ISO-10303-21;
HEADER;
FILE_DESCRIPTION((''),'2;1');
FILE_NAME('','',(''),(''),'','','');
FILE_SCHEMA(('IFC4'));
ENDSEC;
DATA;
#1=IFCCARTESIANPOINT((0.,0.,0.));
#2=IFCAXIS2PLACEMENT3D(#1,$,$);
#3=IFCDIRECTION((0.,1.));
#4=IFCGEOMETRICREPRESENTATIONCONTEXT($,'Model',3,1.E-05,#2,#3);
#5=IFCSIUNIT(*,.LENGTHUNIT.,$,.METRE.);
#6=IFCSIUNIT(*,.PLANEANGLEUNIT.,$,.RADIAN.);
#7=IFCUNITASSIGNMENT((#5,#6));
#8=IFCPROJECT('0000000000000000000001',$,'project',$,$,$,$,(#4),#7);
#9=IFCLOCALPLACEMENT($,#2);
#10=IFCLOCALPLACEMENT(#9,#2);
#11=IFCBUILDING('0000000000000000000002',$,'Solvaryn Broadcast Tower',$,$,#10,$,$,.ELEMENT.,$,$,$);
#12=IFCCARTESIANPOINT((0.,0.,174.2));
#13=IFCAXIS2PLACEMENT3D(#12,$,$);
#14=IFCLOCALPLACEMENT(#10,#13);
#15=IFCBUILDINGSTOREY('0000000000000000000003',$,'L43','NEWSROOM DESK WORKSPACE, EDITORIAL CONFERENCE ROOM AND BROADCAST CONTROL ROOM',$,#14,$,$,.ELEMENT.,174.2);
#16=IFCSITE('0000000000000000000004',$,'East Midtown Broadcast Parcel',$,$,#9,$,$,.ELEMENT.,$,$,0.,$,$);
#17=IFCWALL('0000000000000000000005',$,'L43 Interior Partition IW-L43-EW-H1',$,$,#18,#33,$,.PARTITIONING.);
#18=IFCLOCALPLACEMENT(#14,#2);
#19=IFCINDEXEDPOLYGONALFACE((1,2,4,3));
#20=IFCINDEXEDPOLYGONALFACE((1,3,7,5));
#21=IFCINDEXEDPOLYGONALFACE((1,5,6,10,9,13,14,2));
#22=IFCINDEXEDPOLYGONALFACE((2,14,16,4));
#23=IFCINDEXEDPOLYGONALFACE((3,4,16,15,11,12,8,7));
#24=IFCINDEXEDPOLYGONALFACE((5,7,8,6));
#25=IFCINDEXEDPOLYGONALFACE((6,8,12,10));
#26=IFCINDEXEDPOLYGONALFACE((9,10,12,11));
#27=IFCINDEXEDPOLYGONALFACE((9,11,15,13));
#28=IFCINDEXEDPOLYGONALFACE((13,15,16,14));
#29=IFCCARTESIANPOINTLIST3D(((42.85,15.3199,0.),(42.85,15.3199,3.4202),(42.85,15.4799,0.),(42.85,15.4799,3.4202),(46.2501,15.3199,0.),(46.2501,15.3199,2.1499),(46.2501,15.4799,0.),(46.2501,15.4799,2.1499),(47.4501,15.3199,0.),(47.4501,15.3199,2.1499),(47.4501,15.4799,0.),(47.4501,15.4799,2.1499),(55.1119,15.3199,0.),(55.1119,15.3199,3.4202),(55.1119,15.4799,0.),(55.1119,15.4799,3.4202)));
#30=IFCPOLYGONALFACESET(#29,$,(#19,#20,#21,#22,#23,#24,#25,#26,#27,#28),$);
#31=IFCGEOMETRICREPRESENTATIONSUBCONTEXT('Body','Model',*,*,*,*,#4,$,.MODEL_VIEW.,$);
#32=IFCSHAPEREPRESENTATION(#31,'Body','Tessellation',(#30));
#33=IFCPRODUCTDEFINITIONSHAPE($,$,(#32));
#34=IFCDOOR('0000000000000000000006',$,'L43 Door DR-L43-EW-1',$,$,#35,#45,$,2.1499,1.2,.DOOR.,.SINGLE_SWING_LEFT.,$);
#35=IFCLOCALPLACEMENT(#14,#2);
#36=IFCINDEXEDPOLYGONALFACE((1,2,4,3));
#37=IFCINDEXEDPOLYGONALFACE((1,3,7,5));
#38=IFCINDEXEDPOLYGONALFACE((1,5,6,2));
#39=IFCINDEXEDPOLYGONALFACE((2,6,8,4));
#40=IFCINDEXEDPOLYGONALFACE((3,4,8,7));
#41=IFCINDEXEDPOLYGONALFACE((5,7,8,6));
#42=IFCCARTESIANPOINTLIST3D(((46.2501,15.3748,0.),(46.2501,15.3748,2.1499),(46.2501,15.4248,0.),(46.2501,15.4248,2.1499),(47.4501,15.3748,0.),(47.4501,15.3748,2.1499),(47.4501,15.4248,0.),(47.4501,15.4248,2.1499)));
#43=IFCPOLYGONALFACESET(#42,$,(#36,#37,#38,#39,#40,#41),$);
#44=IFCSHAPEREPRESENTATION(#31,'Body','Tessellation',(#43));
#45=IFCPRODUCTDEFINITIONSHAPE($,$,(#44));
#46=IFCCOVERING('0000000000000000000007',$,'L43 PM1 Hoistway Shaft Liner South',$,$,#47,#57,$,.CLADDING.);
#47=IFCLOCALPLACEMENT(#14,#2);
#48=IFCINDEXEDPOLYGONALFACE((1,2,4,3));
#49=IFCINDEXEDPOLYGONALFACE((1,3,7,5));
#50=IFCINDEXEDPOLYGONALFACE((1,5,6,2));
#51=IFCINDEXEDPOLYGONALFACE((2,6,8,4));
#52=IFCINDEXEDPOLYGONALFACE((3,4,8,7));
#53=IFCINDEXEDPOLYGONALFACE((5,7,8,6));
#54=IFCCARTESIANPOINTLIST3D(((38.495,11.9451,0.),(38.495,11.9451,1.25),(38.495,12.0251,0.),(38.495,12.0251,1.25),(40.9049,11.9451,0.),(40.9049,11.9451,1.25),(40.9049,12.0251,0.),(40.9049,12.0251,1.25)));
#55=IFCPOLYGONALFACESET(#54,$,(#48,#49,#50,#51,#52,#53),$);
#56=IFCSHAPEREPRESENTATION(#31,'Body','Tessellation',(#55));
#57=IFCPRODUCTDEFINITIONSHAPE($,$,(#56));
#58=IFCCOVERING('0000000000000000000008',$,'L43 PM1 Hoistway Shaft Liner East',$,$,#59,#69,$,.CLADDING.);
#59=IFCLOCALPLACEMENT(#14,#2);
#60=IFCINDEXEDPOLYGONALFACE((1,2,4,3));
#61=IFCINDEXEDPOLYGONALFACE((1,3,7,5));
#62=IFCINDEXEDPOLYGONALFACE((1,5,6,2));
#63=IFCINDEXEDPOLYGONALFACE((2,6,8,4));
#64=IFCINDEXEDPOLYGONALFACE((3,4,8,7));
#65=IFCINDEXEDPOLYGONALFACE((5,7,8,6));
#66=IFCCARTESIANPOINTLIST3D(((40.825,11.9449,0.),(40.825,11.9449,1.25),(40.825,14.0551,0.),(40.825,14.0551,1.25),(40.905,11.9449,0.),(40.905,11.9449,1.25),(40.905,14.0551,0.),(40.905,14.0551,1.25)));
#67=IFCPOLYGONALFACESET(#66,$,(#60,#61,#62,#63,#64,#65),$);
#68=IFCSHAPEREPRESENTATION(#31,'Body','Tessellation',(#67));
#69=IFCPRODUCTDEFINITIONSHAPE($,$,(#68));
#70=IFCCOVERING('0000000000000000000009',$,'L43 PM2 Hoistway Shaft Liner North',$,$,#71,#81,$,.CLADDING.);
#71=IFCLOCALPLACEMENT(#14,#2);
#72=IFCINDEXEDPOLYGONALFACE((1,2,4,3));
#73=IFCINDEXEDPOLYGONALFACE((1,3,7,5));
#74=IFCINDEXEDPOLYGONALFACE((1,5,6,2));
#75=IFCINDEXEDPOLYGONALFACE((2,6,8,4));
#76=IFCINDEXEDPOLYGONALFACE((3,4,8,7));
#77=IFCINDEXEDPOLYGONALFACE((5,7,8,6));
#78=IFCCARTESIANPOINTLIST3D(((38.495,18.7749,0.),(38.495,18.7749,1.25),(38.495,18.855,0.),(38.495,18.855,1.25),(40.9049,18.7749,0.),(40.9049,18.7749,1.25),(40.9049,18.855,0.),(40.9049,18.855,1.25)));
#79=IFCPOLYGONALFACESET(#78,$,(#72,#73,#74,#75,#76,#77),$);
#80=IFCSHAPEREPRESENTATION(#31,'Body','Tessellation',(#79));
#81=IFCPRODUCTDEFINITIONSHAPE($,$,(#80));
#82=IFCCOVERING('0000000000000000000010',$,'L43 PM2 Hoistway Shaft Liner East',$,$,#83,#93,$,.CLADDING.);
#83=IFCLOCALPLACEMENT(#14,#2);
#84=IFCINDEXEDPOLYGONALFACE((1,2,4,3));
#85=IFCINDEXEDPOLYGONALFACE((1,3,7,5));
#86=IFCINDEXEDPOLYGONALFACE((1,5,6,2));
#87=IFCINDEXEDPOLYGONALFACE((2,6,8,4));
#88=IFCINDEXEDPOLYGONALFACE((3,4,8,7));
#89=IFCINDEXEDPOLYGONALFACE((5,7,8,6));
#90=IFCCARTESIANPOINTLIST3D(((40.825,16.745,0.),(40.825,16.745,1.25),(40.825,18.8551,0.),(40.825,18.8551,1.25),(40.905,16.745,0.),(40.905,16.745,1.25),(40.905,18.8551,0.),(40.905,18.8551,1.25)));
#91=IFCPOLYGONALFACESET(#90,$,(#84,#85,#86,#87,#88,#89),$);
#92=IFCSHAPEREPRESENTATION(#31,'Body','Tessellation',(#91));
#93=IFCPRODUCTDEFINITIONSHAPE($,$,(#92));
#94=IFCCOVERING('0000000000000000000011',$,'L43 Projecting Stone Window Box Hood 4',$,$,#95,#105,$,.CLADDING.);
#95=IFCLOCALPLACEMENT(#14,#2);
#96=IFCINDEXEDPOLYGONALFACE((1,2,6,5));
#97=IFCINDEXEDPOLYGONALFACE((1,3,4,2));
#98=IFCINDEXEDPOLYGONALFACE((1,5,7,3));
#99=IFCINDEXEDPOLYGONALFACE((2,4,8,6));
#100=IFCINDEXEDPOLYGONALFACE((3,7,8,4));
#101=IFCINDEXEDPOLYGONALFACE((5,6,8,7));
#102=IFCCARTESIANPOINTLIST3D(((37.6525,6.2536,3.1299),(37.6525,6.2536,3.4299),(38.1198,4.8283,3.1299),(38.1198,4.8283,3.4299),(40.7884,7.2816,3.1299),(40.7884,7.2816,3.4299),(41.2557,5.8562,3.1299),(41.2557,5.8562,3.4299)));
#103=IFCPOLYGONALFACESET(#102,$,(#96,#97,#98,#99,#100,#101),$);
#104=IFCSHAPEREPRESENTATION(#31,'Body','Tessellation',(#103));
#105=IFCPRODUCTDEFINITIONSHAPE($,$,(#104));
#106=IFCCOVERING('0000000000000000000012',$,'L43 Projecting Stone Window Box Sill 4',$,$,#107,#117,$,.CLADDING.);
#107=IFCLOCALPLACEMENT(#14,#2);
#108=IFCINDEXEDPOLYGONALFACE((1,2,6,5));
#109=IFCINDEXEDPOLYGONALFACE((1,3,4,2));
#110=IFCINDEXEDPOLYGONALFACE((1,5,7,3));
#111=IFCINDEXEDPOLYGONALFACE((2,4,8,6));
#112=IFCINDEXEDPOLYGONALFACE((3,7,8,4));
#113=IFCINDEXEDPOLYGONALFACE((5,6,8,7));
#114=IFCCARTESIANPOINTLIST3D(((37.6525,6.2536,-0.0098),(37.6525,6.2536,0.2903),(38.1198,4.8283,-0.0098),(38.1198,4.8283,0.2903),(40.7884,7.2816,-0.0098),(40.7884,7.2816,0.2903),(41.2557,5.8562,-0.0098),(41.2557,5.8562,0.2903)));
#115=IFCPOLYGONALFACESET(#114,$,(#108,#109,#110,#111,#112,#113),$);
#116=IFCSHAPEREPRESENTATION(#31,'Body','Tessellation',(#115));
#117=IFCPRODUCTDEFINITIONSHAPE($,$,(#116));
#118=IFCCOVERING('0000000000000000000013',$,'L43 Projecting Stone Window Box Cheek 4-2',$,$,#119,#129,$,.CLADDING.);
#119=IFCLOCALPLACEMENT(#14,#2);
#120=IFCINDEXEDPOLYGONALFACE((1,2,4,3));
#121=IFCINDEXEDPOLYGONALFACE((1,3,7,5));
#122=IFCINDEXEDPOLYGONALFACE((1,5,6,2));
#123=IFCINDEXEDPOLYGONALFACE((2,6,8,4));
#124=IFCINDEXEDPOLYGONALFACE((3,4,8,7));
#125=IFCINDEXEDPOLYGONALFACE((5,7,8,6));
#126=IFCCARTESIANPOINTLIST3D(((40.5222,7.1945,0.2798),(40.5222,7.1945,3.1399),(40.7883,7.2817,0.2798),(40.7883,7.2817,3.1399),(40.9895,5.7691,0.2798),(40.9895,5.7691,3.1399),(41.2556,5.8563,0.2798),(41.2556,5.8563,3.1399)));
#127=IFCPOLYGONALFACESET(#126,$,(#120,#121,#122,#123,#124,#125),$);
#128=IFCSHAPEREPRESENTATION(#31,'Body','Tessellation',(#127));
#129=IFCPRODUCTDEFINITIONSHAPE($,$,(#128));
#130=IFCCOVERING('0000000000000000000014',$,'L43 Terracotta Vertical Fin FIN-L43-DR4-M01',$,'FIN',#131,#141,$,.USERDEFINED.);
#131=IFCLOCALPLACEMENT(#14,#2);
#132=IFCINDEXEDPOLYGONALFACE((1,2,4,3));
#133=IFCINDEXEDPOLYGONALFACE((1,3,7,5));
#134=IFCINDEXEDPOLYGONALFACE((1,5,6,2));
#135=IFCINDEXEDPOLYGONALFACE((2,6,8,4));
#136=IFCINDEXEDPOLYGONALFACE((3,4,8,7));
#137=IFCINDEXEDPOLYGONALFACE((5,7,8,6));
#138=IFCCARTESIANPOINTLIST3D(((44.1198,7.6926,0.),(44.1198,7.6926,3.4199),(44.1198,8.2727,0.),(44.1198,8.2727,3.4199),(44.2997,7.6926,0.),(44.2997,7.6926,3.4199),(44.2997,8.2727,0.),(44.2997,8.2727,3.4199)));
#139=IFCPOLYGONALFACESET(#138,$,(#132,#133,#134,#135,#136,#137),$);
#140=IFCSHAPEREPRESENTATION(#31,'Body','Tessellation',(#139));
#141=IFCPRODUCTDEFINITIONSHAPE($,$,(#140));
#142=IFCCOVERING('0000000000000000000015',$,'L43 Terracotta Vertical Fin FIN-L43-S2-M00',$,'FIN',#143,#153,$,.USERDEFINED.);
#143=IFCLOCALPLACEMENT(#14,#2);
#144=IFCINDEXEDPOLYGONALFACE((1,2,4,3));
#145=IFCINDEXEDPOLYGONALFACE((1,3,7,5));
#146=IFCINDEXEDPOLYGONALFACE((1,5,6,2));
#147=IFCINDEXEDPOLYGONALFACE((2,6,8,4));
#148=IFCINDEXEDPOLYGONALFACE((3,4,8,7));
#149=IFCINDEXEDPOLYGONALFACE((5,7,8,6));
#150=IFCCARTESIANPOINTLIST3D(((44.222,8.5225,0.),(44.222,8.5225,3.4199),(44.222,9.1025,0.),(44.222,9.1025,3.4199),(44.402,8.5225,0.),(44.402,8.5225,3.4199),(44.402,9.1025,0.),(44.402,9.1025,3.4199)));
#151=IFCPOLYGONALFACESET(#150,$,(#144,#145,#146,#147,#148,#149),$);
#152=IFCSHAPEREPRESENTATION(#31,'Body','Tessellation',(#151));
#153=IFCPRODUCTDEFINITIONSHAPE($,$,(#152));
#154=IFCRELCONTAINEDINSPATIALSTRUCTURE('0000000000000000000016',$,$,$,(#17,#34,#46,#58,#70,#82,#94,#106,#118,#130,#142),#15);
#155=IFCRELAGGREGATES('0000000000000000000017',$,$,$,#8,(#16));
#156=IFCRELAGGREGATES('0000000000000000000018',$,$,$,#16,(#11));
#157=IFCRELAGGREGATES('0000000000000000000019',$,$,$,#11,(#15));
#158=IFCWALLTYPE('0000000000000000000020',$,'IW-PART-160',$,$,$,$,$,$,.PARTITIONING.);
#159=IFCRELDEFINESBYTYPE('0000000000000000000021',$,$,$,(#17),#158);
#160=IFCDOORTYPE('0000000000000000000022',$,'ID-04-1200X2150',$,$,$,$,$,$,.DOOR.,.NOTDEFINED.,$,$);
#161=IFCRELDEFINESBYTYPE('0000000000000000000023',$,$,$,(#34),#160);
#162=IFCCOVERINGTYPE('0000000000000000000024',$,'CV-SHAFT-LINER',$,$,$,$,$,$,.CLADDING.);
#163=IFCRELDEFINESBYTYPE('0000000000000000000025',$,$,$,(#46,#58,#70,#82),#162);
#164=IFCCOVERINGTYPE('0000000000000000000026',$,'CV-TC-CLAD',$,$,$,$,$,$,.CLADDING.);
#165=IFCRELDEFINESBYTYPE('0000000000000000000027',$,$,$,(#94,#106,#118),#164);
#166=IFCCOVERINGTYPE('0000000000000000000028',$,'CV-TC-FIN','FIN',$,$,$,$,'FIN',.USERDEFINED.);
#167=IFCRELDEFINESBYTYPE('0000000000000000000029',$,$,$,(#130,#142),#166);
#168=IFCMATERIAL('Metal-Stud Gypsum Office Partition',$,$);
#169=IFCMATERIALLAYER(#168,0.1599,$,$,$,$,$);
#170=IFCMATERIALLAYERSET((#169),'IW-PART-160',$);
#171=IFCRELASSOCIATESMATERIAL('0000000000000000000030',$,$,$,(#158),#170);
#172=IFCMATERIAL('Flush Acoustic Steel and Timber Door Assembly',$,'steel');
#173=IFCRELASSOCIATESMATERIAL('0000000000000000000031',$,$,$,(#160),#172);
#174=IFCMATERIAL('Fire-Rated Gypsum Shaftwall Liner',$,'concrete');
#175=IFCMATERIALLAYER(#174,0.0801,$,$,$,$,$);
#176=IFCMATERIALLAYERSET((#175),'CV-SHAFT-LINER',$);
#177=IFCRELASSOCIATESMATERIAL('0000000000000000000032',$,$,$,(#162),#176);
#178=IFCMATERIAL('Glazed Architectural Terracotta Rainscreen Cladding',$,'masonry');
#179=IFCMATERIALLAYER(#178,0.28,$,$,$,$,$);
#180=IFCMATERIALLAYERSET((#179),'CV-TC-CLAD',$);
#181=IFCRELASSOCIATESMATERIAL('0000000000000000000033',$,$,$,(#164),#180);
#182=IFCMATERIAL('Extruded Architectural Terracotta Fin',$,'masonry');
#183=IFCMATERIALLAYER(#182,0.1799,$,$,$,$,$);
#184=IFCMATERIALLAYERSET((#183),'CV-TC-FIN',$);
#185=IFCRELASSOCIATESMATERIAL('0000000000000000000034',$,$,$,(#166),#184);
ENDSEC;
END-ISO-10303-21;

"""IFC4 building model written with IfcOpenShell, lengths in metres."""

from ifc_helpers import new_model, si_unit, direction, frame, frame_2d, origin, origin_2d, place, context, subcontext, project, spatial, rectangle, extrude, material, layer, layer_set, type_object, element, fill, save


model = new_model("IFC4")

# Units and contexts
model_context = context("Model", 3, precision=1e-05, world=origin(), true_north=direction((0.0, 1.0)))
body_context = subcontext(model_context, "Body", "Model", "MODEL_VIEW")
ifc_project = project(units=[si_unit("LENGTHUNIT", "METRE"), si_unit("PLANEANGLEUNIT", "RADIAN")], contexts=[model_context])

# Site, building, storey
site_placement = place(None, origin())
site = spatial("IfcSite", under=ifc_project, at=site_placement, Name="East Midtown Broadcast Parcel", CompositionType="ELEMENT", RefElevation=0.0)
building_placement = place(site_placement, origin())
building = spatial("IfcBuilding", under=site, at=building_placement, Name="Solvaryn Broadcast Tower", CompositionType="ELEMENT")
storey_placement = place(building_placement, frame((0.0, 0.0, 174.2)))
storey = spatial("IfcBuildingStorey", under=building, at=storey_placement, Name="L43", Description="NEWSROOM DESK WORKSPACE, EDITORIAL CONFERENCE ROOM AND BROADCAST CONTROL ROOM", CompositionType="ELEMENT", Elevation=174.2)

# Shared definitions
ifc_material_1 = material(Name="Metal-Stud Gypsum Office Partition")
ifc_layer_1 = layer(ifc_material_1, 0.1599)
ifc_layer_set_1 = layer_set([ifc_layer_1], Name="IW-PART-160")
wall_type_1 = type_object("IfcWallType", Name="IW-PART-160", PredefinedType="PARTITIONING", material=ifc_layer_set_1)

# Wall, opening, door
wall_1_placement = place(storey_placement, frame((42.8501, 15.3999, 0.0), z_axis=(0.0, 0.0, 1.0), x_axis=(1.0, 0.0, 0.0)))
wall_1 = element("IfcWall", 1, at=wall_1_placement, inside=storey, type_object=wall_type_1, Name="L43 Interior Partition IW-L43-EW-H1", PredefinedType="PARTITIONING", context=body_context, shape_type="SweptSolid", body=[
    extrude(rectangle(XDim=12.262, YDim=0.1599, at=frame_2d((6.1309, 0.0))), origin(), (0.0, 0.0, 1.0), 3.4202),
])
opening_1_placement = place(wall_1_placement, frame((3.3999, 0.0, 0.0)))
opening_1 = element("IfcOpeningElement", 2, at=opening_1_placement, cuts=wall_1, PredefinedType="OPENING", context=body_context, shape_type="SweptSolid", body=[
    extrude(rectangle(XDim=1.2, YDim=2.1499, at=frame_2d((0.6001, 1.075))), frame((0.0, 0.0901, 0.0), z_axis=(0.0, -1.0, 0.0), x_axis=(1.0, 0.0, 0.0)), (0.0, 0.0, 1.0), 0.1799),
])
ifc_material_2 = material(Name="Flush Acoustic Steel and Timber Door Assembly", Category="steel")
door_type_1 = type_object("IfcDoorType", Name="ID-04-1200X2150", OperationType="NOTDEFINED", PredefinedType="DOOR", material=ifc_material_2)
door_1_placement = place(opening_1_placement, origin())
door_1 = element("IfcDoor", 3, at=door_1_placement, inside=storey, type_object=door_type_1, Name="L43 Door DR-L43-EW-1", OperationType="SINGLE_SWING_LEFT", OverallHeight=2.1499, OverallWidth=1.2, PredefinedType="DOOR", context=body_context, shape_type="SweptSolid", body=[
    extrude(rectangle(XDim=1.2, YDim=2.1499, at=frame_2d((0.6001, 1.075))), frame((0.0, 0.0249, 0.0), z_axis=(0.0, -1.0, 0.0), x_axis=(1.0, 0.0, 0.0)), (0.0, 0.0, 1.0), 0.05),
])
fill(opening_1, door_1)

# Coverings
ifc_material_3 = material(Name="Fire-Rated Gypsum Shaftwall Liner", Category="concrete")
ifc_layer_2 = layer(ifc_material_3, 0.0801)
ifc_layer_set_2 = layer_set([ifc_layer_2], Name="CV-SHAFT-LINER")
covering_type_1 = type_object("IfcCoveringType", Name="CV-SHAFT-LINER", PredefinedType="CLADDING", material=ifc_layer_set_2)
covering_1_placement = place(storey_placement, frame((39.7, 11.9851, 0.0), z_axis=(0.0, 0.0, 1.0), x_axis=(1.0, 0.0, 0.0)))
element("IfcCovering", 4, at=covering_1_placement, inside=storey, type_object=covering_type_1, Name="L43 PM1 Hoistway Shaft Liner South", PredefinedType="CLADDING", context=body_context, shape_type="SweptSolid", body=[
    extrude(rectangle(XDim=2.4099, YDim=0.0801, at=origin_2d()), origin(), (0.0, 0.0, 1.0), 1.25),
])
covering_2_placement = place(storey_placement, frame((40.865, 13.0, 0.0), z_axis=(0.0, 0.0, 1.0), x_axis=(1.0, 0.0, 0.0)))
element("IfcCovering", 5, at=covering_2_placement, inside=storey, type_object=covering_type_1, Name="L43 PM1 Hoistway Shaft Liner East", PredefinedType="CLADDING", context=body_context, shape_type="SweptSolid", body=[
    extrude(rectangle(XDim=0.0801, YDim=2.1101, at=origin_2d()), origin(), (0.0, 0.0, 1.0), 1.25),
])
covering_3_placement = place(storey_placement, frame((39.7, 18.8149, 0.0), z_axis=(0.0, 0.0, 1.0), x_axis=(1.0, 0.0, 0.0)))
element("IfcCovering", 6, at=covering_3_placement, inside=storey, type_object=covering_type_1, Name="L43 PM2 Hoistway Shaft Liner North", PredefinedType="CLADDING", context=body_context, shape_type="SweptSolid", body=[
    extrude(rectangle(XDim=2.4099, YDim=0.0801, at=origin_2d()), origin(), (0.0, 0.0, 1.0), 1.25),
])
covering_4_placement = place(storey_placement, frame((40.865, 17.8, 0.0), z_axis=(0.0, 0.0, 1.0), x_axis=(1.0, 0.0, 0.0)))
element("IfcCovering", 7, at=covering_4_placement, inside=storey, type_object=covering_type_1, Name="L43 PM2 Hoistway Shaft Liner East", PredefinedType="CLADDING", context=body_context, shape_type="SweptSolid", body=[
    extrude(rectangle(XDim=0.0801, YDim=2.1101, at=origin_2d()), origin(), (0.0, 0.0, 1.0), 1.25),
])
ifc_material_4 = material(Name="Glazed Architectural Terracotta Rainscreen Cladding", Category="masonry")
ifc_layer_3 = layer(ifc_material_4, 0.28)
ifc_layer_set_3 = layer_set([ifc_layer_3], Name="CV-TC-CLAD")
covering_type_2 = type_object("IfcCoveringType", Name="CV-TC-CLAD", PredefinedType="CLADDING", material=ifc_layer_set_3)
for number, where, z_axis, x_axis, name in (
    (8, (39.4541, 6.0549, 3.1299), (0.0, 0.0, 1.0), (0.950244, 0.311506, 0.0), "L43 Projecting Stone Window Box Hood 4"),
    (9, (39.4541, 6.0549, -0.0098), (0.0, 0.0, 1.0), (0.950244, 0.311506, 0.0), "L43 Projecting Stone Window Box Sill 4"),
):
    element("IfcCovering", number, at=place(storey_placement, frame(where, z_axis=z_axis, x_axis=x_axis)), inside=storey, type_object=covering_type_2, Name=name, PredefinedType="CLADDING", context=body_context, shape_type="SweptSolid", body=[
        extrude(rectangle(XDim=3.3, YDim=1.5, at=origin_2d()), origin(), (0.0, 0.0, 1.0), 0.3),
    ])
covering_5_placement = place(storey_placement, frame((40.8889, 6.5254, 0.2798), z_axis=(0.0, 0.0, 1.0), x_axis=(0.950244, 0.311506, 0.0)))
element("IfcCovering", 10, at=covering_5_placement, inside=storey, type_object=covering_type_2, Name="L43 Projecting Stone Window Box Cheek 4-2", PredefinedType="CLADDING", context=body_context, shape_type="SweptSolid", body=[
    extrude(rectangle(XDim=0.28, YDim=1.5, at=origin_2d()), origin(), (0.0, 0.0, 1.0), 2.8601),
])
ifc_material_5 = material(Name="Extruded Architectural Terracotta Fin", Category="masonry")
ifc_layer_4 = layer(ifc_material_5, 0.1799)
ifc_layer_set_4 = layer_set([ifc_layer_4], Name="CV-TC-FIN")
covering_type_3 = type_object("IfcCoveringType", Name="CV-TC-FIN", Description="FIN", ElementType="FIN", PredefinedType="USERDEFINED", material=ifc_layer_set_4)
for number, where, z_axis, x_axis, name in (
    (11, (44.2097, 7.9827, 0.0), (0.0, 0.0, 1.0), (1.0, 0.0, 0.0), "L43 Terracotta Vertical Fin FIN-L43-DR4-M01"),
    (12, (44.312, 8.8125, 0.0), (0.0, 0.0, 1.0), (1.0, 0.0, 0.0), "L43 Terracotta Vertical Fin FIN-L43-S2-M00"),
):
    element("IfcCovering", number, at=place(storey_placement, frame(where, z_axis=z_axis, x_axis=x_axis)), inside=storey, type_object=covering_type_3, Name=name, ObjectType="FIN", PredefinedType="USERDEFINED", context=body_context, shape_type="SweptSolid", body=[
        extrude(rectangle(XDim=0.1799, YDim=0.5801, at=origin_2d()), origin(), (0.0, 0.0, 1.0), 3.4199),
    ])

save(model, "model.ifc")
